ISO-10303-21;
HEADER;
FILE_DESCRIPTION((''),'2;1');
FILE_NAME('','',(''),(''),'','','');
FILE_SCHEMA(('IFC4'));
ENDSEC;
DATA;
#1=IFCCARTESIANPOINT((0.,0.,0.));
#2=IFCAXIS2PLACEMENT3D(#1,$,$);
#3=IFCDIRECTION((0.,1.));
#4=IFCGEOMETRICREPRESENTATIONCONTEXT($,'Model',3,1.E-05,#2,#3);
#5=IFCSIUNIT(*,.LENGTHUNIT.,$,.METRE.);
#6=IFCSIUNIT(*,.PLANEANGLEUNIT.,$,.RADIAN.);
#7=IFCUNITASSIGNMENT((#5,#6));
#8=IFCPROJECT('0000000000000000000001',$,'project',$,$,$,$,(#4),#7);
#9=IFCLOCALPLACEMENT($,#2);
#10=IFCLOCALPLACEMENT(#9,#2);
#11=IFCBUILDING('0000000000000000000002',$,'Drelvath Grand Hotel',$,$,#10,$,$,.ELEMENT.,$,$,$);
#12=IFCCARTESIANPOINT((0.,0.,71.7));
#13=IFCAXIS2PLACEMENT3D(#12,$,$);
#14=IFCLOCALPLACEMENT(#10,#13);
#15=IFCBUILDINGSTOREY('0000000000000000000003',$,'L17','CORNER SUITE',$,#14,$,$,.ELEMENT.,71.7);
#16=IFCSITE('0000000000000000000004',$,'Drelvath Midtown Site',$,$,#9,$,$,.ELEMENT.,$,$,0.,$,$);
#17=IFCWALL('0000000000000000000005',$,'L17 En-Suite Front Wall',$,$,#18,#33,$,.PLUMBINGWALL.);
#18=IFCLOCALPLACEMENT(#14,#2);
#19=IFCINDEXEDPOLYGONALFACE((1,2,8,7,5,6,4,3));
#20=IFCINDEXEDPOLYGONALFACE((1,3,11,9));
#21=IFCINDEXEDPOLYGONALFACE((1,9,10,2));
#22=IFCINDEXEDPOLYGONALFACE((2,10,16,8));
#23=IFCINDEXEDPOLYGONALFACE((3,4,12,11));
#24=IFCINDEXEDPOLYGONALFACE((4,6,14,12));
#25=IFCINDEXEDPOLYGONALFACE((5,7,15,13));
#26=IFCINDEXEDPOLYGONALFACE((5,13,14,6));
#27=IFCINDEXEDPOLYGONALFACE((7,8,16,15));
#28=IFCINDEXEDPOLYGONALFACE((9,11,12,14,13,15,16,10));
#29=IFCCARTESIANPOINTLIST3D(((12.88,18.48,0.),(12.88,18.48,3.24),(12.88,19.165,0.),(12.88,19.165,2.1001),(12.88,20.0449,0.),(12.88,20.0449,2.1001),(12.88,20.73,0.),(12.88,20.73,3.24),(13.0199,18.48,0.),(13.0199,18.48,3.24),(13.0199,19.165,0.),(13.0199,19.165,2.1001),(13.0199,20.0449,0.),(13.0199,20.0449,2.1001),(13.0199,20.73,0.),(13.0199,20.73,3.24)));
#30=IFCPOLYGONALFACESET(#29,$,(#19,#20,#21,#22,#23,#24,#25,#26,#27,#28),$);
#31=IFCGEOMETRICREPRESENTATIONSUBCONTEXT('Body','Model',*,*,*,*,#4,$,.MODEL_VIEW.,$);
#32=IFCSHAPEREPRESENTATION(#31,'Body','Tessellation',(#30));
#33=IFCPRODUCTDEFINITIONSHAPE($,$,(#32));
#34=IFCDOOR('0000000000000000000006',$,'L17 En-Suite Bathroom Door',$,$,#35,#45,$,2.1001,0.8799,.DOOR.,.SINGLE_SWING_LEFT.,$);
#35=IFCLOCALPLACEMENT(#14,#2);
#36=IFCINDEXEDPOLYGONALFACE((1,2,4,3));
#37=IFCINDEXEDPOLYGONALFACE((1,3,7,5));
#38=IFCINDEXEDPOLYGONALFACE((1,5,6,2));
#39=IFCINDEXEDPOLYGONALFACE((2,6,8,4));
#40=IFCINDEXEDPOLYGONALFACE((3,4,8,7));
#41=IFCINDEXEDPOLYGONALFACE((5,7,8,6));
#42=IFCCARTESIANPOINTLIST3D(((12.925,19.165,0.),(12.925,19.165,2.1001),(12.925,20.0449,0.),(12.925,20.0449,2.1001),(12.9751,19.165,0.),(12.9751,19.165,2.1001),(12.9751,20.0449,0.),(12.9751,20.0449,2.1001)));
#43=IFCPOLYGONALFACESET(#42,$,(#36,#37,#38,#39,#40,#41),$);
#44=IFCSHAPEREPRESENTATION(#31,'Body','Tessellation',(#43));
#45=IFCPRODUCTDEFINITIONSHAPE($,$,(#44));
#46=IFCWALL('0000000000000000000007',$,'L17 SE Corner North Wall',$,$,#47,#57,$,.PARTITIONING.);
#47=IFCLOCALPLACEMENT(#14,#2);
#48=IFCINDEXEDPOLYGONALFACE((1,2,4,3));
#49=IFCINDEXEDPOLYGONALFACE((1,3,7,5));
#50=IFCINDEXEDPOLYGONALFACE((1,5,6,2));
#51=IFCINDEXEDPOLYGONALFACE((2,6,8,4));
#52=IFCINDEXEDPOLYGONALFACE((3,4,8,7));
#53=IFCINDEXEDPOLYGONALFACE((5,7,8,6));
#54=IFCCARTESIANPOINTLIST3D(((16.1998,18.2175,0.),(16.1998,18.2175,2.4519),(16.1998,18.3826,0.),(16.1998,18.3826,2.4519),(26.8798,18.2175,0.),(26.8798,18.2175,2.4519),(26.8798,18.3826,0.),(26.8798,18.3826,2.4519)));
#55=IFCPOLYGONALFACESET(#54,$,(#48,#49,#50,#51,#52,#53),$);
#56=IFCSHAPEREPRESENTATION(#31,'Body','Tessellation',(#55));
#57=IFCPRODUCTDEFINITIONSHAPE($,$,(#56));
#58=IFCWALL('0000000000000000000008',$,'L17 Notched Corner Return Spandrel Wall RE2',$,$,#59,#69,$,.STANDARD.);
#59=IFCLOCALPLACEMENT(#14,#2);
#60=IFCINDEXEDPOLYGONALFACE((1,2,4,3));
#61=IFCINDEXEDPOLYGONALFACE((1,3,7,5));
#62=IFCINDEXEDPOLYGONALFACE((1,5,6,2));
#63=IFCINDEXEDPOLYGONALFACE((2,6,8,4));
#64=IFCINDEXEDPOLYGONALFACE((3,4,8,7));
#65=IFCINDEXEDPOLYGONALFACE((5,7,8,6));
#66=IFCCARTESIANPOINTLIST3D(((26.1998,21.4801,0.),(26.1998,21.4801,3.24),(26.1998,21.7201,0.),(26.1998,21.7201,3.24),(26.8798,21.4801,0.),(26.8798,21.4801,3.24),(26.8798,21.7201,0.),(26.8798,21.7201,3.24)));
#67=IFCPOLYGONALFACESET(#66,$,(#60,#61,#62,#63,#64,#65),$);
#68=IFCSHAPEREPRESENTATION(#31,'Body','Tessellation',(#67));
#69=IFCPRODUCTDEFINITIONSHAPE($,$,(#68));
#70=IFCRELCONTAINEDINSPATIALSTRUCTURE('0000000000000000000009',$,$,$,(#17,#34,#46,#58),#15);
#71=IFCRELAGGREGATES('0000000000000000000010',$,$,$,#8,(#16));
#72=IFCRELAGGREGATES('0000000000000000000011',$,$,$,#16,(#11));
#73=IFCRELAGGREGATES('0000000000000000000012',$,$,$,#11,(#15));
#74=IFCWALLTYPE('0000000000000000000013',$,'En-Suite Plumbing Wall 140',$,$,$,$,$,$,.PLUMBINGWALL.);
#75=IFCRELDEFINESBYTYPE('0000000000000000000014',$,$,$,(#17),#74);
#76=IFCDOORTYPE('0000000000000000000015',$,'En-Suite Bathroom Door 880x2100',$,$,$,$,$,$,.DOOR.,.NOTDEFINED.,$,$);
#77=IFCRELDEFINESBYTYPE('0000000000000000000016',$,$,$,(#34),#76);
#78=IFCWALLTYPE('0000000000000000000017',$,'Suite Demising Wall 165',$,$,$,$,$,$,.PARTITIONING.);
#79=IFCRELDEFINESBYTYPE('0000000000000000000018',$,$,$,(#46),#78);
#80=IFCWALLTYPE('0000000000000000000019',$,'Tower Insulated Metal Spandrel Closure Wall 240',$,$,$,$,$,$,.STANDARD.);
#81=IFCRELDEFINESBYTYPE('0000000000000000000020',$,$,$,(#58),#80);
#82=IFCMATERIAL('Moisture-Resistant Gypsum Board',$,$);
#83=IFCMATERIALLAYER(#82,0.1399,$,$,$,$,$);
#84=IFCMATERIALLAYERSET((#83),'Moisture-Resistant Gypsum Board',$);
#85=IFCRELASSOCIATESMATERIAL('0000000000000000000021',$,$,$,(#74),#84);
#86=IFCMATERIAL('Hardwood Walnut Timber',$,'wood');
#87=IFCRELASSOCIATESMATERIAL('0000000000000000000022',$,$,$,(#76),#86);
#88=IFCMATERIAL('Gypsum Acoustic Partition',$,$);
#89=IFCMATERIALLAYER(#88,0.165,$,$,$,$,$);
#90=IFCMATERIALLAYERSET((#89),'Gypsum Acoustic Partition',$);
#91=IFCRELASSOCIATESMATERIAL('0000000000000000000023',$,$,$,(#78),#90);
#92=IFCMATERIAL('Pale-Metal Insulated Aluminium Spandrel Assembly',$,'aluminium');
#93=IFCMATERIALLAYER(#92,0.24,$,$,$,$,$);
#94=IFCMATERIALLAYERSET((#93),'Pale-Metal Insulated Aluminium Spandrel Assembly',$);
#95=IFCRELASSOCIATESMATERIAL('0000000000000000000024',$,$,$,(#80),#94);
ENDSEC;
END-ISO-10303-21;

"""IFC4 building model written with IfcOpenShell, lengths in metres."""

from ifc_helpers import new_model, si_unit, direction, frame, frame_2d, origin, place, context, subcontext, project, spatial, rectangle, extrude, material, layer, layer_set, type_object, element, fill, save


model = new_model("IFC4")

# Units and contexts
model_context = context("Model", 3, precision=1e-05, world=origin(), true_north=direction((0.0, 1.0)))
body_context = subcontext(model_context, "Body", "Model", "MODEL_VIEW")
ifc_project = project(units=[si_unit("LENGTHUNIT", "METRE"), si_unit("PLANEANGLEUNIT", "RADIAN")], contexts=[model_context])

# Site, building, storey
site_placement = place(None, origin())
site = spatial("IfcSite", under=ifc_project, at=site_placement, Name="Drelvath Midtown Site", CompositionType="ELEMENT", RefElevation=0.0)
building_placement = place(site_placement, origin())
building = spatial("IfcBuilding", under=site, at=building_placement, Name="Drelvath Grand Hotel", CompositionType="ELEMENT")
storey_placement = place(building_placement, frame((0.0, 0.0, 71.7)))
storey = spatial("IfcBuildingStorey", under=building, at=storey_placement, Name="L17", Description="CORNER SUITE", CompositionType="ELEMENT", Elevation=71.7)

# Shared definitions
ifc_material_1 = material(Name="Hardwood Walnut Timber", Category="wood")

# Shared definitions
ifc_material_2 = material(Name="Moisture-Resistant Gypsum Board")
ifc_layer_1 = layer(ifc_material_2, 0.1399)
ifc_layer_set_1 = layer_set([ifc_layer_1], Name="Moisture-Resistant Gypsum Board")
wall_type_1 = type_object("IfcWallType", Name="En-Suite Plumbing Wall 140", PredefinedType="PLUMBINGWALL", material=ifc_layer_set_1)

# Wall, opening, door
door_type_1 = type_object("IfcDoorType", Name="En-Suite Bathroom Door 880x2100", OperationType="NOTDEFINED", PredefinedType="DOOR", material=ifc_material_1)
wall_1_placement = place(storey_placement, frame((12.95, 18.48, 0.0), z_axis=(0.0, 0.0, 1.0), x_axis=(0.0, 1.0, 0.0)))
wall_1 = element("IfcWall", 1, at=wall_1_placement, inside=storey, type_object=wall_type_1, Name="L17 En-Suite Front Wall", PredefinedType="PLUMBINGWALL", context=body_context, shape_type="SweptSolid", body=[
    extrude(rectangle(XDim=2.25, YDim=0.1399, at=frame_2d((1.125, 0.0))), origin(), (0.0, 0.0, 1.0), 3.24),
])
opening_1_placement = place(wall_1_placement, frame((0.6851, 0.0, 0.0)))
opening_1 = element("IfcOpeningElement", 2, at=opening_1_placement, cuts=wall_1, PredefinedType="OPENING", context=body_context, shape_type="SweptSolid", body=[
    extrude(rectangle(XDim=0.8799, YDim=2.1001, at=frame_2d((0.4399, 1.05))), frame((0.0, 0.0798, 0.0), z_axis=(0.0, -1.0, 0.0), x_axis=(1.0, 0.0, 0.0)), (0.0, 0.0, 1.0), 0.1599),
])
door_1_placement = place(opening_1_placement, origin())
door_1 = element("IfcDoor", 3, at=door_1_placement, inside=storey, type_object=door_type_1, Name="L17 En-Suite Bathroom Door", OperationType="SINGLE_SWING_LEFT", OverallHeight=2.1001, OverallWidth=0.8799, PredefinedType="DOOR", context=body_context, shape_type="SweptSolid", body=[
    extrude(rectangle(XDim=0.8799, YDim=2.1001, at=frame_2d((0.4399, 1.05))), frame((0.0, 0.0249, 0.0), z_axis=(0.0, -1.0, 0.0), x_axis=(1.0, 0.0, 0.0)), (0.0, 0.0, 1.0), 0.05),
])
fill(opening_1, door_1)

# Walls
ifc_material_3 = material(Name="Gypsum Acoustic Partition")
ifc_layer_2 = layer(ifc_material_3, 0.165)
ifc_layer_set_2 = layer_set([ifc_layer_2], Name="Gypsum Acoustic Partition")
wall_type_2 = type_object("IfcWallType", Name="Suite Demising Wall 165", PredefinedType="PARTITIONING", material=ifc_layer_set_2)
wall_2_placement = place(storey_placement, frame((16.2, 18.3, 0.0), z_axis=(0.0, 0.0, 1.0), x_axis=(1.0, 0.0, 0.0)))
element("IfcWall", 4, at=wall_2_placement, inside=storey, type_object=wall_type_2, Name="L17 SE Corner North Wall", PredefinedType="PARTITIONING", context=body_context, shape_type="SweptSolid", body=[
    extrude(rectangle(XDim=10.6799, YDim=0.165, at=frame_2d((5.3398, 0.0))), origin(), (0.0, 0.0, 1.0), 2.4519),
])
ifc_material_4 = material(Name="Pale-Metal Insulated Aluminium Spandrel Assembly", Category="aluminium")
ifc_layer_3 = layer(ifc_material_4, 0.24)
ifc_layer_set_3 = layer_set([ifc_layer_3], Name="Pale-Metal Insulated Aluminium Spandrel Assembly")
wall_type_3 = type_object("IfcWallType", Name="Tower Insulated Metal Spandrel Closure Wall 240", PredefinedType="STANDARD", material=ifc_layer_set_3)
wall_3_placement = place(storey_placement, frame((26.2, 21.6001, 0.0), z_axis=(0.0, 0.0, 1.0), x_axis=(1.0, 0.0, 0.0)))
element("IfcWall", 5, at=wall_3_placement, inside=storey, type_object=wall_type_3, Name="L17 Notched Corner Return Spandrel Wall RE2", PredefinedType="STANDARD", context=body_context, shape_type="SweptSolid", body=[
    extrude(rectangle(XDim=0.6799, YDim=0.24, at=frame_2d((0.3398, 0.0))), origin(), (0.0, 0.0, 1.0), 3.24),
])

save(model, "model.ifc")
